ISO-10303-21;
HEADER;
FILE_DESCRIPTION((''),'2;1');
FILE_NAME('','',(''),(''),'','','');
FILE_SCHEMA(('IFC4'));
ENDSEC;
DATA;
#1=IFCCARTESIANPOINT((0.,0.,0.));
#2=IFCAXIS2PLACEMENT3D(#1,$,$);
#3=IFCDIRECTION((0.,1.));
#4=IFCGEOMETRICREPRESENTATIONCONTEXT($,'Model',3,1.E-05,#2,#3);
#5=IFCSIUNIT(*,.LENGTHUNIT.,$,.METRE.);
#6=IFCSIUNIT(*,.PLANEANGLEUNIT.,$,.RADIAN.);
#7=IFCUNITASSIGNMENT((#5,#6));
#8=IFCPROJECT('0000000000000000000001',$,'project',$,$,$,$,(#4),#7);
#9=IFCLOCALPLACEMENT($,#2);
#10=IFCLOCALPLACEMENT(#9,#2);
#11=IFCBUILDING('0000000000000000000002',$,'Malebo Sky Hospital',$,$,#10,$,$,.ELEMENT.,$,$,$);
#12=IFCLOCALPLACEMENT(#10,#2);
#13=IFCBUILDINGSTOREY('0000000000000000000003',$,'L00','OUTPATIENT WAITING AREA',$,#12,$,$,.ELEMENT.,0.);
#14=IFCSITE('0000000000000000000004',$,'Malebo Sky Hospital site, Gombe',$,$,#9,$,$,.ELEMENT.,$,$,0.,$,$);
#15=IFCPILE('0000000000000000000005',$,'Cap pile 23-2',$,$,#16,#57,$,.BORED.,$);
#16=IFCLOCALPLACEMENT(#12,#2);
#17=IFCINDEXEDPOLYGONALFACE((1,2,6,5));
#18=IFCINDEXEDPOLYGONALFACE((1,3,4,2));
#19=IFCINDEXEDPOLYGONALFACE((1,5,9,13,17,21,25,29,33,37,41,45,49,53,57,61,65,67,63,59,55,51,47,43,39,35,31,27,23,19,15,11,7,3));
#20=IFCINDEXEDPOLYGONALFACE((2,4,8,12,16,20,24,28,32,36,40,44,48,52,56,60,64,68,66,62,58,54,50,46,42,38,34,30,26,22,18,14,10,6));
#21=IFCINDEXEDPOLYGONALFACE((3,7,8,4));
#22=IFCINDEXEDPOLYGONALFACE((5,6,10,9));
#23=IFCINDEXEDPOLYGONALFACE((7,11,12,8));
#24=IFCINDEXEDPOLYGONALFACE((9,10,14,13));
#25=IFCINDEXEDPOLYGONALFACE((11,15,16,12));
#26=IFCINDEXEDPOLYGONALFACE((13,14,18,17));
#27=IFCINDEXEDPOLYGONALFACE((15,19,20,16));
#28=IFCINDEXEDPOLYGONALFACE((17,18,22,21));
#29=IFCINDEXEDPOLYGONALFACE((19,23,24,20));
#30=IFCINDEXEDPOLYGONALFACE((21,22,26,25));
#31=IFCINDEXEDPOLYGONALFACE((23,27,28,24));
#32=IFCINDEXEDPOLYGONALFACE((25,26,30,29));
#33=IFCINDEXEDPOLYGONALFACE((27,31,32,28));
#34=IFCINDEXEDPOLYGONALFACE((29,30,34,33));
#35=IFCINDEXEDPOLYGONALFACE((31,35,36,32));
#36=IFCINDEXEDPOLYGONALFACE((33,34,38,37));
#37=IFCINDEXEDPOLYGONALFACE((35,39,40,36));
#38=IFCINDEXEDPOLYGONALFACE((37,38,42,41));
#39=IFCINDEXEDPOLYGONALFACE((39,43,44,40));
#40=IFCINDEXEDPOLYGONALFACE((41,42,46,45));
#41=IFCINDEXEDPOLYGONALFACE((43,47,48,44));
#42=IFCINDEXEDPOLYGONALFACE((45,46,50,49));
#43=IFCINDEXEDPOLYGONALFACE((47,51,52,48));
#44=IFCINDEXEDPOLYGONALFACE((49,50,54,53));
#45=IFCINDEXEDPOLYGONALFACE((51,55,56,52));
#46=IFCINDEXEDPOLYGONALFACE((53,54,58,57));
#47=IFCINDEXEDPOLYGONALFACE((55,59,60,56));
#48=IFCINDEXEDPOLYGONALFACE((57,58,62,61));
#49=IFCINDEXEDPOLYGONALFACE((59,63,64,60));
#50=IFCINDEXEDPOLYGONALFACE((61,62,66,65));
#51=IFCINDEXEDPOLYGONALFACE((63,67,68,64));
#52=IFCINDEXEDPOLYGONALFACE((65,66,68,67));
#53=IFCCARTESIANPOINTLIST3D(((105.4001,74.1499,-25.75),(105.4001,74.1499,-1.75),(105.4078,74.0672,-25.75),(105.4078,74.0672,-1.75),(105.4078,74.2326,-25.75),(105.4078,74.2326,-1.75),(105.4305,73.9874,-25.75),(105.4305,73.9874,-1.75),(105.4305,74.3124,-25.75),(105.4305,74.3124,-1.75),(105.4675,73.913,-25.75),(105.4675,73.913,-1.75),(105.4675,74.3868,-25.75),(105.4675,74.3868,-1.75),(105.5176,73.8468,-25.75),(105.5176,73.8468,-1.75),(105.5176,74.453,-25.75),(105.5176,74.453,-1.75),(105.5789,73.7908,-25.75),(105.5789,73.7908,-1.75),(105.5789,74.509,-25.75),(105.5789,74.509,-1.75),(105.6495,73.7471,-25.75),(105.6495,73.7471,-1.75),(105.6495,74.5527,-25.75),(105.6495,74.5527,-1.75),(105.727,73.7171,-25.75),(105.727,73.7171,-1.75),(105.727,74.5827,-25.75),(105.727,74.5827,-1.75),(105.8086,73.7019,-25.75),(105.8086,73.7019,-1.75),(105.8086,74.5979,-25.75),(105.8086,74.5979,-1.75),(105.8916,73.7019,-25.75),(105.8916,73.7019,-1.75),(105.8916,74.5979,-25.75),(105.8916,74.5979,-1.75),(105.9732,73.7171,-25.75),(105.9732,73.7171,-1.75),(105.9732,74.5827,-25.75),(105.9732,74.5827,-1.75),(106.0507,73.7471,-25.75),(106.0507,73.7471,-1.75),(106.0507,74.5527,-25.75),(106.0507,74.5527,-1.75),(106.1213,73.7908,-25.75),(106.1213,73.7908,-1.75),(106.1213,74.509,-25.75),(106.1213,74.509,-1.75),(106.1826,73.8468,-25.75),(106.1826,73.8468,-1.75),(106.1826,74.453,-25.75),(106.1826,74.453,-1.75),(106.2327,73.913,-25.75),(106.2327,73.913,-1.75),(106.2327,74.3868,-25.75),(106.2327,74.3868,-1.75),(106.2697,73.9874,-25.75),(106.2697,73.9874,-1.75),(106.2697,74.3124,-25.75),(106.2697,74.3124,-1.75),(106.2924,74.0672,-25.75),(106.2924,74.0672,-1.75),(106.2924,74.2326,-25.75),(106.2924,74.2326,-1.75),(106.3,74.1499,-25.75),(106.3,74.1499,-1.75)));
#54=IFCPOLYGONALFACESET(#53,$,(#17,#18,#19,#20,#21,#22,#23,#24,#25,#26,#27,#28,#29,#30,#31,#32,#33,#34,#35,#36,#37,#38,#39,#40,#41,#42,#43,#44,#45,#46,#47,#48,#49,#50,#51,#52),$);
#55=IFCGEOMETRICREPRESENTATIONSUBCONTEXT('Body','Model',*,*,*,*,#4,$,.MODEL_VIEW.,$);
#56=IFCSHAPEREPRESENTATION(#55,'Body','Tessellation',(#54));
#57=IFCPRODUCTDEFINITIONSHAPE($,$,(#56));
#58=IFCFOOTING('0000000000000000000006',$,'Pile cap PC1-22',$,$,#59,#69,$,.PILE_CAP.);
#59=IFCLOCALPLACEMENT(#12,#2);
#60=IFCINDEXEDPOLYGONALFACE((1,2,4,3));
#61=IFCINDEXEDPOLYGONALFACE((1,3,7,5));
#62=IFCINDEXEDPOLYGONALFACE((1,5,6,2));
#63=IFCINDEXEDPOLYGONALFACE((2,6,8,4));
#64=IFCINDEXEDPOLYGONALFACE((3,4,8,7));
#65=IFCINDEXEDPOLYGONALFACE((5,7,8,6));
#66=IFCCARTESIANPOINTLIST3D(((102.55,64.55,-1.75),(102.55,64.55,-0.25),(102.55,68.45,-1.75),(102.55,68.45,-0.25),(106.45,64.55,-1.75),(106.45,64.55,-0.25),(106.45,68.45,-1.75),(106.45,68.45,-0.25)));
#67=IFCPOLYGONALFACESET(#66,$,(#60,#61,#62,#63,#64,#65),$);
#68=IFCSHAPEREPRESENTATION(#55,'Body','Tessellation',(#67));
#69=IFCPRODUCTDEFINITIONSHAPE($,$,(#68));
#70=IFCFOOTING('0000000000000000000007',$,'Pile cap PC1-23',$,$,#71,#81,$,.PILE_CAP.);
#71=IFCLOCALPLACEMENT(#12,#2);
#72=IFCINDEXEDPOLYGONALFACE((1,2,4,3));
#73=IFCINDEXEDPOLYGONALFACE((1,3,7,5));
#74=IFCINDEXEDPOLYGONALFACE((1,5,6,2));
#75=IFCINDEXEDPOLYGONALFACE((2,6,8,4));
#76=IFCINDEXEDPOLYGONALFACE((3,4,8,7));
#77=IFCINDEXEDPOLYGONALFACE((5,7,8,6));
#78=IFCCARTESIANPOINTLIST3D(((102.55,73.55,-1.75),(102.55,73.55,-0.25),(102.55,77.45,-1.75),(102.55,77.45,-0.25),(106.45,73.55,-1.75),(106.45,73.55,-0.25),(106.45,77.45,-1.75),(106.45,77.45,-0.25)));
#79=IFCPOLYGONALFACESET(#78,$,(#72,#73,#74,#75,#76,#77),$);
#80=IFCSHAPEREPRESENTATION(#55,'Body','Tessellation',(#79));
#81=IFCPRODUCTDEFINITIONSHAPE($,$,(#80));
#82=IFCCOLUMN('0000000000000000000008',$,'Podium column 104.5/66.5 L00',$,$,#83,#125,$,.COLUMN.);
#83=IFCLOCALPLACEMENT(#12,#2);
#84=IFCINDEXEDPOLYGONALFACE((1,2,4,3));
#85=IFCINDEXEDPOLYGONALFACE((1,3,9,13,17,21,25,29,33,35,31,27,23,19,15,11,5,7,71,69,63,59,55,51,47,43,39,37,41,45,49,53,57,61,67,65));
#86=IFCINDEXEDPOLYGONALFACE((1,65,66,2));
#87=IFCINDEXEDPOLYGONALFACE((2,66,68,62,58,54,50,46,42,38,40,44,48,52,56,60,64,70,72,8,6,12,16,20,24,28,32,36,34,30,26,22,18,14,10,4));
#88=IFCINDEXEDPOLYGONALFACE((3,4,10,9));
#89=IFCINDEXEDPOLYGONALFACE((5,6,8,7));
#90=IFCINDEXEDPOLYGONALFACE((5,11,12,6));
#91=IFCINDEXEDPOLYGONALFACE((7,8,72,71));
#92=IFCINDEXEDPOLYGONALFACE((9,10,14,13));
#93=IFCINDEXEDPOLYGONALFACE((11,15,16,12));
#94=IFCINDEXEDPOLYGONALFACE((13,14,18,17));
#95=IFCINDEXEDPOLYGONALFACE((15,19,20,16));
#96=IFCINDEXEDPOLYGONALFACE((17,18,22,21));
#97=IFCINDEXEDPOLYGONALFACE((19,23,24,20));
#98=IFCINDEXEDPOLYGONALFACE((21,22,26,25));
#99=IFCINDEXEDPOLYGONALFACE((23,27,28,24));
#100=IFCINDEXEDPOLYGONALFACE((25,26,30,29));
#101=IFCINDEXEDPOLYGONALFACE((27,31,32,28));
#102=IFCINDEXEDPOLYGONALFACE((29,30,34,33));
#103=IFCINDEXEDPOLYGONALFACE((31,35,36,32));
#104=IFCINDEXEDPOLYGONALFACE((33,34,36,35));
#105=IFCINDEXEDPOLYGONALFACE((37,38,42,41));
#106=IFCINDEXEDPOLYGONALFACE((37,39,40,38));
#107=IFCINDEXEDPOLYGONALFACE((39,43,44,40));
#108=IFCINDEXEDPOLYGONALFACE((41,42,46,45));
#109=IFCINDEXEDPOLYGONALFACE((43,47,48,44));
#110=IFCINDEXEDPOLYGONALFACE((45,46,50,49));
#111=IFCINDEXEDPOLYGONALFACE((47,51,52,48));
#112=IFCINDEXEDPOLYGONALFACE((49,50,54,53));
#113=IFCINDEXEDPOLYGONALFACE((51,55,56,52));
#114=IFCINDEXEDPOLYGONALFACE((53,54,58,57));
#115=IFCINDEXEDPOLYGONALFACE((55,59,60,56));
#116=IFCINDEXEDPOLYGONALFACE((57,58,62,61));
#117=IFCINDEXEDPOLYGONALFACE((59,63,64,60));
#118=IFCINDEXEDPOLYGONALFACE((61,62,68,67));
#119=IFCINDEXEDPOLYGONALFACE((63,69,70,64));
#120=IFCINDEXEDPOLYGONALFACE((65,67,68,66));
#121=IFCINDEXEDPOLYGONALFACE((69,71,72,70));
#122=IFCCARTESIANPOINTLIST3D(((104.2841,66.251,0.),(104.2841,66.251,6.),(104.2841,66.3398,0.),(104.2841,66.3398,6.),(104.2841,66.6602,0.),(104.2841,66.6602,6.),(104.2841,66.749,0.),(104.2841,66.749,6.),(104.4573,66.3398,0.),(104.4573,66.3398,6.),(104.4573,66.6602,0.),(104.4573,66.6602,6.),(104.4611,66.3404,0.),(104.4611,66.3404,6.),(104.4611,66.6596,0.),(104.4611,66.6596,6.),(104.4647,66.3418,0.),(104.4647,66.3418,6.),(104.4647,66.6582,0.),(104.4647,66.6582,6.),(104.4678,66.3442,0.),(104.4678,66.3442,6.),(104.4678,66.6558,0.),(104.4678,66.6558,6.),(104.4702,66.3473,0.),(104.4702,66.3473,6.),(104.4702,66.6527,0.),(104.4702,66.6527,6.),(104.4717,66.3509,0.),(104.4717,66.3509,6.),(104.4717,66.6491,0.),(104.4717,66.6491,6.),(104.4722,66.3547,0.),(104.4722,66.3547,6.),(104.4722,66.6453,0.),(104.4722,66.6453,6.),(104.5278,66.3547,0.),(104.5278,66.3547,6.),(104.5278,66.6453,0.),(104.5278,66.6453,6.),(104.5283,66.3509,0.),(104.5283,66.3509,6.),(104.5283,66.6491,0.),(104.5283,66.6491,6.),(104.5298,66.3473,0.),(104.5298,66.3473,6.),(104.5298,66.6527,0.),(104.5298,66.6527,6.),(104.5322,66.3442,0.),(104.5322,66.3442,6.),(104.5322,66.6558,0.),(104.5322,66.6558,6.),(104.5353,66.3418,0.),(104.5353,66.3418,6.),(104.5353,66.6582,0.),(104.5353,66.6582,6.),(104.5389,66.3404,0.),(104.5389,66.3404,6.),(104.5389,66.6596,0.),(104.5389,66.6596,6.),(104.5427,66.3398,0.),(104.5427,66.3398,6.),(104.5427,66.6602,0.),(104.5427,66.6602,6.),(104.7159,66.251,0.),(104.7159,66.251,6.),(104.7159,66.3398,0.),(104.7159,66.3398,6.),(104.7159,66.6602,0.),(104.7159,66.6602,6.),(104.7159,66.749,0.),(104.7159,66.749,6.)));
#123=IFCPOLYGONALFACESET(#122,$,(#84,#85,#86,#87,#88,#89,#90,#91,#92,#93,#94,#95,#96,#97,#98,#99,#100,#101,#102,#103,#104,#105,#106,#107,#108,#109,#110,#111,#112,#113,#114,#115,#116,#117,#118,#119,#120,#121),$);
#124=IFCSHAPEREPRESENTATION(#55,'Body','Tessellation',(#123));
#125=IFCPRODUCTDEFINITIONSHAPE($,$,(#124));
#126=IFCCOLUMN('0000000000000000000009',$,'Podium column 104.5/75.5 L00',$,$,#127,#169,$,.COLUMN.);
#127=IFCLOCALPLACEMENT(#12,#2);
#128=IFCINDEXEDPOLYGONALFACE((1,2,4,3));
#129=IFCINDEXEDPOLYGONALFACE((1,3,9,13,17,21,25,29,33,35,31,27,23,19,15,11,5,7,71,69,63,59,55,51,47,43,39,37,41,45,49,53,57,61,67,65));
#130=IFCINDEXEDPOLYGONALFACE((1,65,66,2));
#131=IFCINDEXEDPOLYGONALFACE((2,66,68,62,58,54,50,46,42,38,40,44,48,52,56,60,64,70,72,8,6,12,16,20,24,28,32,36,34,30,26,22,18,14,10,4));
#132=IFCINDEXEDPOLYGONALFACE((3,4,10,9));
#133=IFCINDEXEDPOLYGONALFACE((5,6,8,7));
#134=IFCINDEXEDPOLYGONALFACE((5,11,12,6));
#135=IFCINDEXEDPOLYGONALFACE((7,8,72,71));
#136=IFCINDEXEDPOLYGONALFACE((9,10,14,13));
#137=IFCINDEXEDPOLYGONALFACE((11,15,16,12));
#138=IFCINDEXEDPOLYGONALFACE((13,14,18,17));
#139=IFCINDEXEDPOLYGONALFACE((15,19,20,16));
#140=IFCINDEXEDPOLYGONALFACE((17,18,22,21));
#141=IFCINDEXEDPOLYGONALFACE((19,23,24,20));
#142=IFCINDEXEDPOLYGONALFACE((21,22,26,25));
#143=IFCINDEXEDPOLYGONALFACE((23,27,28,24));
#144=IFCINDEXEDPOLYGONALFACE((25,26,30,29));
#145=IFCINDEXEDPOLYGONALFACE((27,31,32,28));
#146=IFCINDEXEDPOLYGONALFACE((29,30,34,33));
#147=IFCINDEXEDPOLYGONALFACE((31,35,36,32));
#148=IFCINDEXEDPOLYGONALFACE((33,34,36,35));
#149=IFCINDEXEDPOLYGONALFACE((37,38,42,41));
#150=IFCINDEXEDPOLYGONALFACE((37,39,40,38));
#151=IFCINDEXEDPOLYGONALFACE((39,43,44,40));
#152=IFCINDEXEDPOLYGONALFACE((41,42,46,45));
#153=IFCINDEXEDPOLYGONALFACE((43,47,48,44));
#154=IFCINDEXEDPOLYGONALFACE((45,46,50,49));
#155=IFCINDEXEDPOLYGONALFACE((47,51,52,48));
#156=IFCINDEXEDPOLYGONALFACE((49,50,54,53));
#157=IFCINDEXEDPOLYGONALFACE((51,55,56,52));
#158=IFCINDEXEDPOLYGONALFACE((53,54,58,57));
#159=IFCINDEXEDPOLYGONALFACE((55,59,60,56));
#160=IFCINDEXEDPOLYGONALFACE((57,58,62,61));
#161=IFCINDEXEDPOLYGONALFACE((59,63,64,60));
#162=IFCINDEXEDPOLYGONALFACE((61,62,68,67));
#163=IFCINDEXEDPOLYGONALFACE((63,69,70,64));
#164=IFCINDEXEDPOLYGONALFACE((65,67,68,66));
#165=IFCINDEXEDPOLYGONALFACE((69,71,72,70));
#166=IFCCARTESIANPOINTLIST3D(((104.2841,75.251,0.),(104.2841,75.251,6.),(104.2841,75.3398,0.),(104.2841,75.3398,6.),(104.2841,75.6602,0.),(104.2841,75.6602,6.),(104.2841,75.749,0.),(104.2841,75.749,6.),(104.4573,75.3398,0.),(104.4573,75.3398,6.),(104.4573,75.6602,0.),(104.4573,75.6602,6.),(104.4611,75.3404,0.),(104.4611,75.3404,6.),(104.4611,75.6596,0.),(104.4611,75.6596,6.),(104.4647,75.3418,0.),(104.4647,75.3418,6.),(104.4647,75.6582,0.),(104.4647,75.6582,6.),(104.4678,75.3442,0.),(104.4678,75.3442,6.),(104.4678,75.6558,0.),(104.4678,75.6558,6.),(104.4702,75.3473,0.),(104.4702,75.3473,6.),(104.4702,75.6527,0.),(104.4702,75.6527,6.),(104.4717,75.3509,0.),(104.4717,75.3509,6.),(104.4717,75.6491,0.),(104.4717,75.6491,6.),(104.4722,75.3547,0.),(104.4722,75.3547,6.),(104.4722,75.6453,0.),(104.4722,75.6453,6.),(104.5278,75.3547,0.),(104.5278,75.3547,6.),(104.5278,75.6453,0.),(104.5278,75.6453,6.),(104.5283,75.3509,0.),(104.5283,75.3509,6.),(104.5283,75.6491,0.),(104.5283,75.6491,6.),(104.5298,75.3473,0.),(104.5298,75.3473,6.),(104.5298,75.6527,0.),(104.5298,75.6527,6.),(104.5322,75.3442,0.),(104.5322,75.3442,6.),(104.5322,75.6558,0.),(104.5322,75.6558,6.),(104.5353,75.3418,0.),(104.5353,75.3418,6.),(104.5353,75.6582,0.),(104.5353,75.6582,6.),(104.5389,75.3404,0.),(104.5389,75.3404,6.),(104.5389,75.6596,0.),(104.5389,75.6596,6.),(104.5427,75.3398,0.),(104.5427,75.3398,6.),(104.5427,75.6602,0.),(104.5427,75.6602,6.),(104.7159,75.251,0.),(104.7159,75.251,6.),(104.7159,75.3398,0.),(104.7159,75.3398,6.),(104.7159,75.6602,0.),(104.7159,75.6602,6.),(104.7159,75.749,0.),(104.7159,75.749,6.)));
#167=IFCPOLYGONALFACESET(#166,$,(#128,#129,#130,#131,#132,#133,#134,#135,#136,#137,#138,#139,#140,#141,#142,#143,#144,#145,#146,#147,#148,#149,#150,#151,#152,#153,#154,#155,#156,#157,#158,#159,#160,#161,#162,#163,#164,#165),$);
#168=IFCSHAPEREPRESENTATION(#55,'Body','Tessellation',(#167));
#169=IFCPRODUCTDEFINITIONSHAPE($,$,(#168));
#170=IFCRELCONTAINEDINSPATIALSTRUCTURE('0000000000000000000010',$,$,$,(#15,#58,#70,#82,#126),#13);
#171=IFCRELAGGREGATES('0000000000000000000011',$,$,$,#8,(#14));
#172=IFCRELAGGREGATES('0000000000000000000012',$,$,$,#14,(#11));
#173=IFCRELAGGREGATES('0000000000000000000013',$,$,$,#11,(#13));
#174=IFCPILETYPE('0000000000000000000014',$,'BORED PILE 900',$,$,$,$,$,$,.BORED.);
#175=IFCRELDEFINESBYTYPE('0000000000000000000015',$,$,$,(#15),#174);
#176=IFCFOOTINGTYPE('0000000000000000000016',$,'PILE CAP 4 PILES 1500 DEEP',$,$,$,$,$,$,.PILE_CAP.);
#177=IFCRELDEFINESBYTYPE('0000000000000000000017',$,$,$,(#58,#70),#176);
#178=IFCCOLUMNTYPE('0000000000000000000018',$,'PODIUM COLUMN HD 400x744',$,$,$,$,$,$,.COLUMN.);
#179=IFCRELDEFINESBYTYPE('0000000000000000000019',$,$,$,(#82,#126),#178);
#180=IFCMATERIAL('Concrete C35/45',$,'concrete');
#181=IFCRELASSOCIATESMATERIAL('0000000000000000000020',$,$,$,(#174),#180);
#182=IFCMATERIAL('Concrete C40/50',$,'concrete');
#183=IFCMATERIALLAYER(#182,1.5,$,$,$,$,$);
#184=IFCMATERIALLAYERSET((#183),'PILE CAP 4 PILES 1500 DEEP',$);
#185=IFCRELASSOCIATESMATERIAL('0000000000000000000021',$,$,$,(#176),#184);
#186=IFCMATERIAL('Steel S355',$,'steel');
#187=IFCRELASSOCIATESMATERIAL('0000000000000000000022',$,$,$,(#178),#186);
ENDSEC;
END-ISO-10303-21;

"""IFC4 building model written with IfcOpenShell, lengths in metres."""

from ifc_helpers import new_model, si_unit, direction, frame, origin, origin_2d, place, context, subcontext, project, spatial, rectangle, circle, i_section, extrude, material, layer, layer_set, material_profile, profile_set, type_object, element, save


model = new_model("IFC4")

# Units and contexts
model_context = context("Model", 3, precision=1e-05, world=origin(), true_north=direction((0.0, 1.0)))
body_context = subcontext(model_context, "Body", "Model", "MODEL_VIEW")
ifc_project = project(units=[si_unit("LENGTHUNIT", "METRE"), si_unit("PLANEANGLEUNIT", "RADIAN")], contexts=[model_context])

# Site, building, storey
site_placement = place(None, origin())
site = spatial("IfcSite", under=ifc_project, at=site_placement, Name="Malebo Sky Hospital site, Gombe", CompositionType="ELEMENT", RefElevation=0.0)
building_placement = place(site_placement, origin())
building = spatial("IfcBuilding", under=site, at=building_placement, Name="Malebo Sky Hospital", CompositionType="ELEMENT")
storey_placement = place(building_placement, origin())
storey = spatial("IfcBuildingStorey", under=building, at=storey_placement, Name="L00", Description="OUTPATIENT WAITING AREA", CompositionType="ELEMENT", Elevation=0.0)

# Pile
ifc_material_1 = material(Name="Concrete C35/45", Category="concrete")
ifc_material_profile_1 = material_profile(ifc_material_1, circle(Radius=0.45, at=origin_2d()), Name="BP 900")
ifc_profile_set_1 = profile_set([ifc_material_profile_1], Name="Concrete C35/45")
pile_type = type_object("IfcPileType", Name="BORED PILE 900", PredefinedType="BORED", material=ifc_profile_set_1)
for number, where, z_axis, x_axis, name in (
    (1, (105.8501, 74.1499, -1.75), (0.0, 0.0, -1.0), (1.0, 0.0, 0.0), "Cap pile 23-2"),
):
    element("IfcPile", number, at=place(storey_placement, frame(where, z_axis=z_axis, x_axis=x_axis)), inside=storey, type_object=pile_type, Name=name, PredefinedType="BORED", context=body_context, shape_type="SweptSolid", body=[
        extrude(circle(Radius=0.45, at=origin_2d()), origin(), (0.0, 0.0, 1.0), 24.0),
    ])

# Footings
ifc_material_2 = material(Name="Concrete C40/50", Category="concrete")
ifc_layer_1 = layer(ifc_material_2, 1.5)
ifc_layer_set_1 = layer_set([ifc_layer_1], Name="PILE CAP 4 PILES 1500 DEEP")
footing_type = type_object("IfcFootingType", Name="PILE CAP 4 PILES 1500 DEEP", PredefinedType="PILE_CAP", material=ifc_layer_set_1)
for number, where, z_axis, x_axis, name in (
    (2, (104.5, 66.5, -1.75), (0.0, 0.0, 1.0), (1.0, 0.0, 0.0), "Pile cap PC1-22"),
    (3, (104.5, 75.5, -1.75), (0.0, 0.0, 1.0), (1.0, 0.0, 0.0), "Pile cap PC1-23"),
):
    element("IfcFooting", number, at=place(storey_placement, frame(where, z_axis=z_axis, x_axis=x_axis)), inside=storey, type_object=footing_type, Name=name, PredefinedType="PILE_CAP", context=body_context, shape_type="SweptSolid", body=[
        extrude(rectangle(XDim=3.8999, YDim=3.8999, at=origin_2d()), origin(), (0.0, 0.0, 1.0), 1.5),
    ])

# Columns
ifc_material_3 = material(Name="Steel S355", Category="steel")
ifc_material_profile_2 = material_profile(ifc_material_3, i_section(OverallWidth=0.4319, OverallDepth=0.498, WebThickness=0.0557, FlangeThickness=0.0889, FilletRadius=0.0149, at=origin_2d()), Name="HD 400x744")
ifc_profile_set_2 = profile_set([ifc_material_profile_2], Name="Steel S355")
column_type = type_object("IfcColumnType", Name="PODIUM COLUMN HD 400x744", PredefinedType="COLUMN", material=ifc_profile_set_2)
for number, where, z_axis, x_axis, name in (
    (4, (104.5, 66.5, 0.0), (0.0, 0.0, 1.0), (1.0, 0.0, 0.0), "Podium column 104.5/66.5 L00"),
    (5, (104.5, 75.5, 0.0), (0.0, 0.0, 1.0), (1.0, 0.0, 0.0), "Podium column 104.5/75.5 L00"),
):
    element("IfcColumn", number, at=place(storey_placement, frame(where, z_axis=z_axis, x_axis=x_axis)), inside=storey, type_object=column_type, Name=name, PredefinedType="COLUMN", context=body_context, shape_type="SweptSolid", body=[
        extrude(i_section(OverallWidth=0.4319, OverallDepth=0.498, WebThickness=0.0557, FlangeThickness=0.0889, FilletRadius=0.0149, at=origin_2d()), origin(), (0.0, 0.0, 1.0), 6.0),
    ])

save(model, "model.ifc")
